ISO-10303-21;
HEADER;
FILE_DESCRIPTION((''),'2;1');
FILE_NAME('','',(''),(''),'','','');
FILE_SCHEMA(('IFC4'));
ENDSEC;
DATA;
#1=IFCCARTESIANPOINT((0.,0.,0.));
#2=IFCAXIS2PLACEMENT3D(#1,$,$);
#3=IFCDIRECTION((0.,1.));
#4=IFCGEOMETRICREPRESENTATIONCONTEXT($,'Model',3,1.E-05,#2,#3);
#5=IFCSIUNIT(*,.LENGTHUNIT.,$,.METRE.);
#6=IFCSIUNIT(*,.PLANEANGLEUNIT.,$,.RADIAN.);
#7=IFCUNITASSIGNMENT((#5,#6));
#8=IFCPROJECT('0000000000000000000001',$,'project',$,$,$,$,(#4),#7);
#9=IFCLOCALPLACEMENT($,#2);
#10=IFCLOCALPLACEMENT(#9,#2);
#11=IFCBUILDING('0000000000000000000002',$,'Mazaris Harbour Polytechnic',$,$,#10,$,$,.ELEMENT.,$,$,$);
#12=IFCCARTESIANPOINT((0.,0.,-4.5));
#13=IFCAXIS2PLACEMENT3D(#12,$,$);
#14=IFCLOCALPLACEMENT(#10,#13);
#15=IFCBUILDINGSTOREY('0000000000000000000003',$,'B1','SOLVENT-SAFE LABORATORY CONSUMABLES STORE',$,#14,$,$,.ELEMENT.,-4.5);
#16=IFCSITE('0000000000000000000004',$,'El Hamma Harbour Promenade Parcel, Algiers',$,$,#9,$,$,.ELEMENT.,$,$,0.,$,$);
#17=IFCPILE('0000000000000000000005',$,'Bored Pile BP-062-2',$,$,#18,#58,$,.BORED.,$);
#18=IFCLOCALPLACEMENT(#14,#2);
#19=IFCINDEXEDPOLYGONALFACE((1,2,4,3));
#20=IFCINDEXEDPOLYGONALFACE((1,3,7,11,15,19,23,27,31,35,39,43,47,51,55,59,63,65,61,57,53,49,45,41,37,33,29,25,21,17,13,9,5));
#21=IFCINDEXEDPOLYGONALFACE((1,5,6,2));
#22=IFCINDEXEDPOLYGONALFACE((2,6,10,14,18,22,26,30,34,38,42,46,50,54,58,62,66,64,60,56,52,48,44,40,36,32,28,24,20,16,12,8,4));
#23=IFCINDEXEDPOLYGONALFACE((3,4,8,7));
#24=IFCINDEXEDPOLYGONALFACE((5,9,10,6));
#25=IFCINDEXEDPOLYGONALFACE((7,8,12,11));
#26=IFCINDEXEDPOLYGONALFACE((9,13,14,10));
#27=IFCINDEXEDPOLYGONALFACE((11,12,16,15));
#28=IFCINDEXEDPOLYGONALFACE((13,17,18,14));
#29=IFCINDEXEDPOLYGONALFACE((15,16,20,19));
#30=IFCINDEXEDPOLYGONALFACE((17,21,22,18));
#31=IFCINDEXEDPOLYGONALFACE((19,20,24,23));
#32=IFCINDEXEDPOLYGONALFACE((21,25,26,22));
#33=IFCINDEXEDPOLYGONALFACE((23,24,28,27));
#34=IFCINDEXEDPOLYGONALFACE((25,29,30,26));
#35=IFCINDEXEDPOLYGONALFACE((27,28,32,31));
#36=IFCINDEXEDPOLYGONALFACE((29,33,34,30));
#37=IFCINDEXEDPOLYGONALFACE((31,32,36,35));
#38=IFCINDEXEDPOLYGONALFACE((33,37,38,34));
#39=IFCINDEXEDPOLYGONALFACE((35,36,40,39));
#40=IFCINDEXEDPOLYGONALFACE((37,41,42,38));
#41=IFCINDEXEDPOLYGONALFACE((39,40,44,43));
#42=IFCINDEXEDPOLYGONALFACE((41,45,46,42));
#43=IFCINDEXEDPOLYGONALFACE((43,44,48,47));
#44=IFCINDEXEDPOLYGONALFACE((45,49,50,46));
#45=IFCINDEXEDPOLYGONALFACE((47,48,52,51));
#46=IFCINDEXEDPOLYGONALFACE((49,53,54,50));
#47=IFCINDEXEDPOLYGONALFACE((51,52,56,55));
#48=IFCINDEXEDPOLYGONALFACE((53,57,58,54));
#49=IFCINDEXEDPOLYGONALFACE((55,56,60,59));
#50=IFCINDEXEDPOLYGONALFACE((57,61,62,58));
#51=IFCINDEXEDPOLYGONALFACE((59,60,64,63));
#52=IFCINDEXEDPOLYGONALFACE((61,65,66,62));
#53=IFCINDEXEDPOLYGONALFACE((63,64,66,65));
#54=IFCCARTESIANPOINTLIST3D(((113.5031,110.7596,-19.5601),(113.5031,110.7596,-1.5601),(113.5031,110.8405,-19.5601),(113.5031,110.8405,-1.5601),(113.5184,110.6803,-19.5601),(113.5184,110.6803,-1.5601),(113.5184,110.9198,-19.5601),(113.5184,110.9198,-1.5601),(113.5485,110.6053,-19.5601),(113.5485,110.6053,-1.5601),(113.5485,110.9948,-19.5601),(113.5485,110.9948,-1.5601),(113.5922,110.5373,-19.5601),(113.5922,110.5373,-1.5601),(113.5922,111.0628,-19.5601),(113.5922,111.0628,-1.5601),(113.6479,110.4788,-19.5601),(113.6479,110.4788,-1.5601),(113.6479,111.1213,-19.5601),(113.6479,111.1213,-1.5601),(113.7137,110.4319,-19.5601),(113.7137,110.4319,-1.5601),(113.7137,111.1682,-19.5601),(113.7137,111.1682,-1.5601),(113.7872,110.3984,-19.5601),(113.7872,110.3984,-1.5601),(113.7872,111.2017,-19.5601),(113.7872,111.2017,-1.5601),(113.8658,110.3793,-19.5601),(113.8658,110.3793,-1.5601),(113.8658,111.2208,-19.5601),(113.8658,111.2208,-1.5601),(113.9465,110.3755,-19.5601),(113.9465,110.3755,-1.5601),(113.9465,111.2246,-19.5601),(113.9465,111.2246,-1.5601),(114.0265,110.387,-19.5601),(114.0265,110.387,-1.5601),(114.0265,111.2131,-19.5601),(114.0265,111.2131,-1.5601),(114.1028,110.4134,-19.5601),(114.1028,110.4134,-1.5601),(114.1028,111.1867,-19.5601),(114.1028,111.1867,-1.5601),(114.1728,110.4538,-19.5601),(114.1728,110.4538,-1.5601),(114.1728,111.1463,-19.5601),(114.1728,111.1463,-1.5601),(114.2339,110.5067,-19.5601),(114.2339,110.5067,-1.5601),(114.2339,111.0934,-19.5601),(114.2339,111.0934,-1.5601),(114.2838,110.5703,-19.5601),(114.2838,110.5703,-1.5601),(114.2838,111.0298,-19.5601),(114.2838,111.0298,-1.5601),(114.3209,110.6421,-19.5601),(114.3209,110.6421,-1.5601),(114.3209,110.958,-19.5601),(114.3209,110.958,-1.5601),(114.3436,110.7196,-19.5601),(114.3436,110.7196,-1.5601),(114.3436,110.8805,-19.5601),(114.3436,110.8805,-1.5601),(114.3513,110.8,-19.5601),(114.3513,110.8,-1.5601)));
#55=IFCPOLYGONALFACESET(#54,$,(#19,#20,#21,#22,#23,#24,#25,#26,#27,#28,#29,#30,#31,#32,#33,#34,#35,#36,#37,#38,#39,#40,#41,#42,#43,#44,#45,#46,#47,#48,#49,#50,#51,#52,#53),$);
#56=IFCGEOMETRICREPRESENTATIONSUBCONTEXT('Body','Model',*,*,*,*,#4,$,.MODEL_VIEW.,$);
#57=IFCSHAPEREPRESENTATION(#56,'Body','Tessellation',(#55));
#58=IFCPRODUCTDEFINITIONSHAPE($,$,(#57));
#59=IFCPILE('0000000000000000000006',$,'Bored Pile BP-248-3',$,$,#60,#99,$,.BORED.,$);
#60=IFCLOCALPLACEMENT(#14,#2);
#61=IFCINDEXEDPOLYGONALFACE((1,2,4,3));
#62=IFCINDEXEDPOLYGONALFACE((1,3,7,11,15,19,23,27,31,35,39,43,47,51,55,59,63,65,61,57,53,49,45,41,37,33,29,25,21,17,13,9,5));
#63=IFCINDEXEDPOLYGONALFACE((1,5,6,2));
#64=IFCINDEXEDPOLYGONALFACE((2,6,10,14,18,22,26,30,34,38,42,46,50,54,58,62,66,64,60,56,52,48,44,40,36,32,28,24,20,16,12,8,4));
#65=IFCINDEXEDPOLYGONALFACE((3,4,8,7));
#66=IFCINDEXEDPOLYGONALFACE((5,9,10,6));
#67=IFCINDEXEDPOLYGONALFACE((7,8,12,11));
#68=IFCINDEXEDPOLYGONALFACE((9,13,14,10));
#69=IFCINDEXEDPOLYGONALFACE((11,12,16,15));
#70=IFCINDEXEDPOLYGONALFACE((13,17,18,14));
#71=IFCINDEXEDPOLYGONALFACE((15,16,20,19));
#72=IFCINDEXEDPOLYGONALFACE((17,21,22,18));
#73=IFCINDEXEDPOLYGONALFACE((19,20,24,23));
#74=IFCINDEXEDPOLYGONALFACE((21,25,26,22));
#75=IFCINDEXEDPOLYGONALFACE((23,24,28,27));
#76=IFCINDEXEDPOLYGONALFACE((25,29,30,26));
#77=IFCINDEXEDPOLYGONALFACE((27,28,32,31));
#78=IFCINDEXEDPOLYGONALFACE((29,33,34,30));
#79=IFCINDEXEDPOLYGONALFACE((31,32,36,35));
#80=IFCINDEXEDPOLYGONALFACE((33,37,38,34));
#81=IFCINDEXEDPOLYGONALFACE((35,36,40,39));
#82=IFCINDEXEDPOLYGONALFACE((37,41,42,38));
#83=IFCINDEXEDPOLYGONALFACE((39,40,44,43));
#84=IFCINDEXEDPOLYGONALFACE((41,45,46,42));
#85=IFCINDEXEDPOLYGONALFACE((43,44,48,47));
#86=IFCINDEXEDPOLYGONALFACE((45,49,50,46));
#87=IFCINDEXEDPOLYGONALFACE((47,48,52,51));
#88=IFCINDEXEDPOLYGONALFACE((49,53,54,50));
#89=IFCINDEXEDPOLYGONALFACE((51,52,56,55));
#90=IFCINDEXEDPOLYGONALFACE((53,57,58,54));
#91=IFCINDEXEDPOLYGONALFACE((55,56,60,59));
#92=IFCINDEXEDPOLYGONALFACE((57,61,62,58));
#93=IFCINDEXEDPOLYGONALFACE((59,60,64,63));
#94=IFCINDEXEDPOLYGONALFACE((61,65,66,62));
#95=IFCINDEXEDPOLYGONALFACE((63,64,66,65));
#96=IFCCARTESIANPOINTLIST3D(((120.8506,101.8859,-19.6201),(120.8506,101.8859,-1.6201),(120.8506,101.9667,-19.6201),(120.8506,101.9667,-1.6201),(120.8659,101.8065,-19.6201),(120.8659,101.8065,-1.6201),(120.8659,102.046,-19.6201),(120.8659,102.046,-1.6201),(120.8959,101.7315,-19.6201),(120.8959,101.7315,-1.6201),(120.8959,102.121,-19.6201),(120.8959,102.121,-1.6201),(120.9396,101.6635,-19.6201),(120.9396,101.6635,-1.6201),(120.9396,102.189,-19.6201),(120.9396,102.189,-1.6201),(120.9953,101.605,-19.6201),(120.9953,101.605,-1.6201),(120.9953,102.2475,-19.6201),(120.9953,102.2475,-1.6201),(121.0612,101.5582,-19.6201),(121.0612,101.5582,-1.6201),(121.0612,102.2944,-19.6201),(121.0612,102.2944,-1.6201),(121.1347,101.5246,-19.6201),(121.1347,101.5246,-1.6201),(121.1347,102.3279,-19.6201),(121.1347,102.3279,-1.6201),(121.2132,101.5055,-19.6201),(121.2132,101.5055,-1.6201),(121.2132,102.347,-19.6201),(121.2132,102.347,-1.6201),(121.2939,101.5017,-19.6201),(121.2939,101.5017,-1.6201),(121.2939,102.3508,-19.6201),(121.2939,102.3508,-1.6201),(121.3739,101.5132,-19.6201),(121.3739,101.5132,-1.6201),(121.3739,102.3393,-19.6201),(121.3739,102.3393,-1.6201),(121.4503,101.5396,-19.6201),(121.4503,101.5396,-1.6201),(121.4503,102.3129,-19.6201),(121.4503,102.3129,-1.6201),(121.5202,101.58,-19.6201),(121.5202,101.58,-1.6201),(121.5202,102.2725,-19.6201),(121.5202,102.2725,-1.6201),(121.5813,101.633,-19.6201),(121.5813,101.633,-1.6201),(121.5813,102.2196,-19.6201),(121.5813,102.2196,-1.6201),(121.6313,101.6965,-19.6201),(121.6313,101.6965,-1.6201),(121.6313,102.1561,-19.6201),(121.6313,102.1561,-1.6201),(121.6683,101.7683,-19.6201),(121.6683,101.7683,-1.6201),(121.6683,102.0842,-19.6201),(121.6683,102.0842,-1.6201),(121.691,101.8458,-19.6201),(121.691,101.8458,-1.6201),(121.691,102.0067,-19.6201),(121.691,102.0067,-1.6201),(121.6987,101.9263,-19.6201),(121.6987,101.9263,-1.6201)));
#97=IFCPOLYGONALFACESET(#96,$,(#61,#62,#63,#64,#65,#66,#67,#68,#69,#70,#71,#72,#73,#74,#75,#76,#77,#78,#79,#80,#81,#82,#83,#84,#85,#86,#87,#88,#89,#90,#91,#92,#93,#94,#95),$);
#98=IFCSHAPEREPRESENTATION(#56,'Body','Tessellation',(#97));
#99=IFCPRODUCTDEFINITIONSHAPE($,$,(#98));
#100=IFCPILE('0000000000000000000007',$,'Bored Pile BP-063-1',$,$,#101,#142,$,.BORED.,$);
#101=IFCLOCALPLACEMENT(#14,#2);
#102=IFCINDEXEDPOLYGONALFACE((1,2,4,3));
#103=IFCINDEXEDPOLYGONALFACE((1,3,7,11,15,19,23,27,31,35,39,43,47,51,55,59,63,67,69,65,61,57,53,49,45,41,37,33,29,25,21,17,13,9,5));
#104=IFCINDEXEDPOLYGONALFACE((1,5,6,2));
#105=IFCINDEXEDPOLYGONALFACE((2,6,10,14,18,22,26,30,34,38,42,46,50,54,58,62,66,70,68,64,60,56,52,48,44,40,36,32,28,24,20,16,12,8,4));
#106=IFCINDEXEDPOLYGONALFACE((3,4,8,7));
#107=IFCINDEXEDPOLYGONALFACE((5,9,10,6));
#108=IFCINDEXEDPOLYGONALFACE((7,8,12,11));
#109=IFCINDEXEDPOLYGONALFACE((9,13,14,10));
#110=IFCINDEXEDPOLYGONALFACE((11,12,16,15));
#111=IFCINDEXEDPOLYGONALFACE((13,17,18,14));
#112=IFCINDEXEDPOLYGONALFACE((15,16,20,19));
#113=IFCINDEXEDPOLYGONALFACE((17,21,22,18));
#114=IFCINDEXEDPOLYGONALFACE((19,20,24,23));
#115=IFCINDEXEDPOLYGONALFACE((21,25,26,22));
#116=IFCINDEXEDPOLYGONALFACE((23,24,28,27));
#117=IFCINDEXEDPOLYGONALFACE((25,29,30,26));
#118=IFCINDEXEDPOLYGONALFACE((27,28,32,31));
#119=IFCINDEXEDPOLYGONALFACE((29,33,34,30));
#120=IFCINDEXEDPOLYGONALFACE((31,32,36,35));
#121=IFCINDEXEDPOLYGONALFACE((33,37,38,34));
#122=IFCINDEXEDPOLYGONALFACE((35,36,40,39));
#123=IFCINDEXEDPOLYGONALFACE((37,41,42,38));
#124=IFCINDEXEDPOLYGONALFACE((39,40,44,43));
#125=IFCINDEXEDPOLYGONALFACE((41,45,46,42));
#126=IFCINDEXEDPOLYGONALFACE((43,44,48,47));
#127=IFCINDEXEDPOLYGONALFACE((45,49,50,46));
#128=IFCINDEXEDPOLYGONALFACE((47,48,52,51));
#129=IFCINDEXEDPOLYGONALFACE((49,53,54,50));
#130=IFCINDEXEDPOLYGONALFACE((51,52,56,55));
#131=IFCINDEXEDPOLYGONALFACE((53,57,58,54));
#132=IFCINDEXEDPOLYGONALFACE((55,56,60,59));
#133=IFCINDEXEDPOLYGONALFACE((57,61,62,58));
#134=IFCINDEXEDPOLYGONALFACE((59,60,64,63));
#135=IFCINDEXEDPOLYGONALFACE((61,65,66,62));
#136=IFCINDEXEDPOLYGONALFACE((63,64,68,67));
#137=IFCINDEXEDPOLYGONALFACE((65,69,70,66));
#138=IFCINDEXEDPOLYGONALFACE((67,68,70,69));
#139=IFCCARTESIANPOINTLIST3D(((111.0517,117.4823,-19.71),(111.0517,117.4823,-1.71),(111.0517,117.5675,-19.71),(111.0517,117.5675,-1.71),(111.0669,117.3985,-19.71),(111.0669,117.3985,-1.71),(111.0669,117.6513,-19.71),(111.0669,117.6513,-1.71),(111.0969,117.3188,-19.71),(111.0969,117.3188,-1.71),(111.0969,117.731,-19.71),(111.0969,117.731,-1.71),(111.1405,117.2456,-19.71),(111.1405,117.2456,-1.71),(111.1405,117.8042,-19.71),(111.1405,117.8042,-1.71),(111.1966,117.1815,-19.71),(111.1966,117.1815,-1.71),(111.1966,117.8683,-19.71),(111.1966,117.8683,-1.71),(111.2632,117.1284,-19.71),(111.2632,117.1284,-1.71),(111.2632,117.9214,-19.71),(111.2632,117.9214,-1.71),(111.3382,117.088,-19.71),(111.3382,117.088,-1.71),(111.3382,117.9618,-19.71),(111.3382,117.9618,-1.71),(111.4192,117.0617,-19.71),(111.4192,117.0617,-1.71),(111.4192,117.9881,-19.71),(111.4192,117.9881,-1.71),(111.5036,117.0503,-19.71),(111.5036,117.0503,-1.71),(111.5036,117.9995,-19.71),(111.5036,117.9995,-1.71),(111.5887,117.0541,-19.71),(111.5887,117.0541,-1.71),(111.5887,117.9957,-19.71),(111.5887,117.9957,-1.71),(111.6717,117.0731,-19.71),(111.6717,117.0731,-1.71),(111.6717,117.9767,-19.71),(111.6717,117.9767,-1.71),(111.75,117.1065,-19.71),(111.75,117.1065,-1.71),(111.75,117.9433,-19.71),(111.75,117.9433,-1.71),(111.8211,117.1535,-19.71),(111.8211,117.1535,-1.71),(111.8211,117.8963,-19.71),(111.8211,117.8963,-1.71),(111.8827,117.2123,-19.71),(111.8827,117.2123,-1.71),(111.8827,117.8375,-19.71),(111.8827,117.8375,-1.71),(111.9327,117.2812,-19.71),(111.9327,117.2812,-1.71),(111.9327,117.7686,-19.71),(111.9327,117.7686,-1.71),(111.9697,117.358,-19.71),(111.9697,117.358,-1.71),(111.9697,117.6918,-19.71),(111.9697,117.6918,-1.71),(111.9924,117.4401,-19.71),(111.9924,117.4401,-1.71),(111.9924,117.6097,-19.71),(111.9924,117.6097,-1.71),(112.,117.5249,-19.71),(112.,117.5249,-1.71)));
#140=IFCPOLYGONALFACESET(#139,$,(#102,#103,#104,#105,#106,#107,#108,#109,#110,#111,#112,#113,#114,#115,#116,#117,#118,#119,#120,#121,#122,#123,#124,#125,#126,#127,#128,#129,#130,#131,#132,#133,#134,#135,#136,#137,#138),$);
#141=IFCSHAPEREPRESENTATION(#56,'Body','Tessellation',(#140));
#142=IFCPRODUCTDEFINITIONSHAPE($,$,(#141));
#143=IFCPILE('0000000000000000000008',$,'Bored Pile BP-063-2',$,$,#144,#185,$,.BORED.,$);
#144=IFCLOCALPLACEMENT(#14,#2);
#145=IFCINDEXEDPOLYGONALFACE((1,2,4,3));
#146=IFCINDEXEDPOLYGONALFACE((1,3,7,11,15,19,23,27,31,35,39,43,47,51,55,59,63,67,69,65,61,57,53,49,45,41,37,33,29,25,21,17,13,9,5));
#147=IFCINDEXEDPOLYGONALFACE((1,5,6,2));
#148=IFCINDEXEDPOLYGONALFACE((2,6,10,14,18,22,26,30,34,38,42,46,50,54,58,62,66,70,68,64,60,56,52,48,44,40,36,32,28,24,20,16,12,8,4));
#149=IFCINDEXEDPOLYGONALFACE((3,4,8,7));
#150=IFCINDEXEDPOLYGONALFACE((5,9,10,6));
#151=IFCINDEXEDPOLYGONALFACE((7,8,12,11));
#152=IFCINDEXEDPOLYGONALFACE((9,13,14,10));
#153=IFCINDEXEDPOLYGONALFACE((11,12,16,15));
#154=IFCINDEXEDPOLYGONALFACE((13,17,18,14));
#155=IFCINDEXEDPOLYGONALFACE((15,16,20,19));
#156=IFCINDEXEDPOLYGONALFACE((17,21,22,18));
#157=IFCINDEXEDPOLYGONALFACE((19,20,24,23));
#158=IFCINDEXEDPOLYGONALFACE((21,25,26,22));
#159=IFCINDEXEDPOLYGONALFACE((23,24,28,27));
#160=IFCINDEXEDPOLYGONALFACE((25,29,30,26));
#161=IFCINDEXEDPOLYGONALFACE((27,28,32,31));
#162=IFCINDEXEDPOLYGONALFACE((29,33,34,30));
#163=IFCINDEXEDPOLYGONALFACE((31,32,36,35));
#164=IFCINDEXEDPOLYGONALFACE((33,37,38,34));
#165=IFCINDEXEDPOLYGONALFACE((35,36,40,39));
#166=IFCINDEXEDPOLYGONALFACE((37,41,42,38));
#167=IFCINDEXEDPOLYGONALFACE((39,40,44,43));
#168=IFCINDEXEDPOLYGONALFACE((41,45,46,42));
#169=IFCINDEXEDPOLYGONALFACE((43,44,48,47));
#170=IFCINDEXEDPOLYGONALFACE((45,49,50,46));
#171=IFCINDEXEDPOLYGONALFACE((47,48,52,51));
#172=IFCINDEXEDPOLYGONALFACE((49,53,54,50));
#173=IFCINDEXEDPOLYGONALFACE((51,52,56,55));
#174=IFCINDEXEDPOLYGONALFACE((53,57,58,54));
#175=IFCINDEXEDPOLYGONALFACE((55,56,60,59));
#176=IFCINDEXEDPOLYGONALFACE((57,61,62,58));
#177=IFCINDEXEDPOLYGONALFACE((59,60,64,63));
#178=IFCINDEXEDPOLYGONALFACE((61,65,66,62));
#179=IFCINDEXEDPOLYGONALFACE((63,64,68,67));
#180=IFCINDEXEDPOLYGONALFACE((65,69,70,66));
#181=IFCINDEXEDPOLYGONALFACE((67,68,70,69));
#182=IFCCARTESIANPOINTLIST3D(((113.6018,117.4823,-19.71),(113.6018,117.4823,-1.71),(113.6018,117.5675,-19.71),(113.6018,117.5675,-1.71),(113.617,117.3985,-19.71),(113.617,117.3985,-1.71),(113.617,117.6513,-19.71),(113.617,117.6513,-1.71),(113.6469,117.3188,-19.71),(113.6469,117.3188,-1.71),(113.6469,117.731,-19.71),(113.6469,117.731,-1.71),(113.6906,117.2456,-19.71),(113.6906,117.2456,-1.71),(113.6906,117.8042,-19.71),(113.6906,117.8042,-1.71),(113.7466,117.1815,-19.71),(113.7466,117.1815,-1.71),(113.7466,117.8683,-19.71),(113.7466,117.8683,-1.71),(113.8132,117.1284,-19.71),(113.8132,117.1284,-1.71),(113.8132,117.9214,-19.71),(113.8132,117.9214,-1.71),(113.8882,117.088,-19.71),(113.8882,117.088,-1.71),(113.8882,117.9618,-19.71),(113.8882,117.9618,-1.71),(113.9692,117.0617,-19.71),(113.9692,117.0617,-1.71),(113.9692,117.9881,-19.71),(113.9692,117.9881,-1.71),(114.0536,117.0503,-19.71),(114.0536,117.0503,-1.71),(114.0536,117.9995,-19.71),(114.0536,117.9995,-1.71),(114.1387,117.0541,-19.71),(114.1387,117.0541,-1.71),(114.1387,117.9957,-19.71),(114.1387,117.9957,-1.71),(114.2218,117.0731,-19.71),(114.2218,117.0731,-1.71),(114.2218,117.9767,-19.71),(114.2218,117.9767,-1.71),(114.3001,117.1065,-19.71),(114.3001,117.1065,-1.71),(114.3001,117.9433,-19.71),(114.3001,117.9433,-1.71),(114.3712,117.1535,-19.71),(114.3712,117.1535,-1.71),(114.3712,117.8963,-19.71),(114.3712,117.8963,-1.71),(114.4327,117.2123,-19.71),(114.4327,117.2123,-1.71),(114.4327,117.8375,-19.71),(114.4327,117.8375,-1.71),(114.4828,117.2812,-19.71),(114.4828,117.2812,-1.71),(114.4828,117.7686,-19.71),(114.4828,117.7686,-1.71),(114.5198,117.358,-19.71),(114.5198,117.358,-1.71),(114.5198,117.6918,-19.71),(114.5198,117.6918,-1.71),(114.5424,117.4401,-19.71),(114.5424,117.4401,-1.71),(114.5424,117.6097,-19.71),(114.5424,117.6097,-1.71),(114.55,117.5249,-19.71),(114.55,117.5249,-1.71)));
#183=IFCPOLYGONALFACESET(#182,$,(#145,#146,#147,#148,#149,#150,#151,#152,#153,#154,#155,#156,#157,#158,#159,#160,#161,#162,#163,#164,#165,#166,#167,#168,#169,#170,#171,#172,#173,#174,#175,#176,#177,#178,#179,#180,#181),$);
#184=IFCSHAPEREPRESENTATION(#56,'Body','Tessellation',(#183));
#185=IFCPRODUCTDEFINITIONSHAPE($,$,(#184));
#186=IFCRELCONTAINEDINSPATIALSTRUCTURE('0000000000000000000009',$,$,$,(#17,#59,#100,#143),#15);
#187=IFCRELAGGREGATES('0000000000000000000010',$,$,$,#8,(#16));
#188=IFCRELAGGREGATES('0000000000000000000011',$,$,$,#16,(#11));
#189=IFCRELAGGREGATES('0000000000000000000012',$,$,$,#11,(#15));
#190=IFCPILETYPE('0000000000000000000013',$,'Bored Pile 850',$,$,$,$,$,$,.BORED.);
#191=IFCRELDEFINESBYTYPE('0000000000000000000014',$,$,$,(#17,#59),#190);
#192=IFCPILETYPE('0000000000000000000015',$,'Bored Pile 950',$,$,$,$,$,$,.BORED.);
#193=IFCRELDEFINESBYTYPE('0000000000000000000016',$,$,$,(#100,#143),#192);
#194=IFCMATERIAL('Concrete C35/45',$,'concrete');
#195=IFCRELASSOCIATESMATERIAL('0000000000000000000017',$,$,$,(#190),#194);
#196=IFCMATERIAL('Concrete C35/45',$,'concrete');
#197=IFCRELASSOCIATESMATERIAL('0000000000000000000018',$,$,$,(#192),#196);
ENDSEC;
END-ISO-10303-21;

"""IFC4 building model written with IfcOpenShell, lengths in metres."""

from ifc_helpers import new_model, si_unit, direction, frame, origin, origin_2d, place, context, subcontext, project, spatial, circle, extrude, material, material_profile, profile_set, type_object, element, save


model = new_model("IFC4")

# Units and contexts
model_context = context("Model", 3, precision=1e-05, world=origin(), true_north=direction((0.0, 1.0)))
body_context = subcontext(model_context, "Body", "Model", "MODEL_VIEW")
ifc_project = project(units=[si_unit("LENGTHUNIT", "METRE"), si_unit("PLANEANGLEUNIT", "RADIAN")], contexts=[model_context])

# Site, building, storey
site_placement = place(None, origin())
site = spatial("IfcSite", under=ifc_project, at=site_placement, Name="El Hamma Harbour Promenade Parcel, Algiers", CompositionType="ELEMENT", RefElevation=0.0)
building_placement = place(site_placement, origin())
building = spatial("IfcBuilding", under=site, at=building_placement, Name="Mazaris Harbour Polytechnic", CompositionType="ELEMENT")
storey_placement = place(building_placement, frame((0.0, 0.0, -4.5)))
storey = spatial("IfcBuildingStorey", under=building, at=storey_placement, Name="B1", Description="SOLVENT-SAFE LABORATORY CONSUMABLES STORE", CompositionType="ELEMENT", Elevation=-4.5)

# Piles
ifc_material_1 = material(Name="Concrete C35/45", Category="concrete")
ifc_material_profile_1 = material_profile(ifc_material_1, circle(Radius=0.425, at=origin_2d()), Name="DIA850")
ifc_profile_set_1 = profile_set([ifc_material_profile_1], Name="Concrete C35/45")
pile_type_1 = type_object("IfcPileType", Name="Bored Pile 850", PredefinedType="BORED", material=ifc_profile_set_1)
for number, where, z_axis, x_axis, name in (
    (1, (113.9263, 110.8, -1.5601), (0.0, 0.0, -1.0), (1.0, 0.0, 0.0), "Bored Pile BP-062-2"),
    (2, (121.2737, 101.9263, -1.6201), (0.0, 0.0, -1.0), (1.0, 0.0, 0.0), "Bored Pile BP-248-3"),
):
    element("IfcPile", number, at=place(storey_placement, frame(where, z_axis=z_axis, x_axis=x_axis)), inside=storey, type_object=pile_type_1, Name=name, PredefinedType="BORED", context=body_context, shape_type="SweptSolid", body=[
        extrude(circle(Radius=0.425, at=origin_2d()), origin(), (0.0, 0.0, 1.0), 18.0),
    ])
ifc_material_2 = material(Name="Concrete C35/45", Category="concrete")
ifc_material_profile_2 = material_profile(ifc_material_2, circle(Radius=0.4751, at=origin_2d()), Name="DIA950")
ifc_profile_set_2 = profile_set([ifc_material_profile_2], Name="Concrete C35/45")
pile_type_2 = type_object("IfcPileType", Name="Bored Pile 950", PredefinedType="BORED", material=ifc_profile_set_2)
for number, where, z_axis, x_axis, name in (
    (3, (111.5249, 117.5249, -1.71), (0.0, 0.0, -1.0), (1.0, 0.0, 0.0), "Bored Pile BP-063-1"),
    (4, (114.075, 117.5249, -1.71), (0.0, 0.0, -1.0), (1.0, 0.0, 0.0), "Bored Pile BP-063-2"),
):
    element("IfcPile", number, at=place(storey_placement, frame(where, z_axis=z_axis, x_axis=x_axis)), inside=storey, type_object=pile_type_2, Name=name, PredefinedType="BORED", context=body_context, shape_type="SweptSolid", body=[
        extrude(circle(Radius=0.4751, at=origin_2d()), origin(), (0.0, 0.0, 1.0), 18.0),
    ])

save(model, "model.ifc")
